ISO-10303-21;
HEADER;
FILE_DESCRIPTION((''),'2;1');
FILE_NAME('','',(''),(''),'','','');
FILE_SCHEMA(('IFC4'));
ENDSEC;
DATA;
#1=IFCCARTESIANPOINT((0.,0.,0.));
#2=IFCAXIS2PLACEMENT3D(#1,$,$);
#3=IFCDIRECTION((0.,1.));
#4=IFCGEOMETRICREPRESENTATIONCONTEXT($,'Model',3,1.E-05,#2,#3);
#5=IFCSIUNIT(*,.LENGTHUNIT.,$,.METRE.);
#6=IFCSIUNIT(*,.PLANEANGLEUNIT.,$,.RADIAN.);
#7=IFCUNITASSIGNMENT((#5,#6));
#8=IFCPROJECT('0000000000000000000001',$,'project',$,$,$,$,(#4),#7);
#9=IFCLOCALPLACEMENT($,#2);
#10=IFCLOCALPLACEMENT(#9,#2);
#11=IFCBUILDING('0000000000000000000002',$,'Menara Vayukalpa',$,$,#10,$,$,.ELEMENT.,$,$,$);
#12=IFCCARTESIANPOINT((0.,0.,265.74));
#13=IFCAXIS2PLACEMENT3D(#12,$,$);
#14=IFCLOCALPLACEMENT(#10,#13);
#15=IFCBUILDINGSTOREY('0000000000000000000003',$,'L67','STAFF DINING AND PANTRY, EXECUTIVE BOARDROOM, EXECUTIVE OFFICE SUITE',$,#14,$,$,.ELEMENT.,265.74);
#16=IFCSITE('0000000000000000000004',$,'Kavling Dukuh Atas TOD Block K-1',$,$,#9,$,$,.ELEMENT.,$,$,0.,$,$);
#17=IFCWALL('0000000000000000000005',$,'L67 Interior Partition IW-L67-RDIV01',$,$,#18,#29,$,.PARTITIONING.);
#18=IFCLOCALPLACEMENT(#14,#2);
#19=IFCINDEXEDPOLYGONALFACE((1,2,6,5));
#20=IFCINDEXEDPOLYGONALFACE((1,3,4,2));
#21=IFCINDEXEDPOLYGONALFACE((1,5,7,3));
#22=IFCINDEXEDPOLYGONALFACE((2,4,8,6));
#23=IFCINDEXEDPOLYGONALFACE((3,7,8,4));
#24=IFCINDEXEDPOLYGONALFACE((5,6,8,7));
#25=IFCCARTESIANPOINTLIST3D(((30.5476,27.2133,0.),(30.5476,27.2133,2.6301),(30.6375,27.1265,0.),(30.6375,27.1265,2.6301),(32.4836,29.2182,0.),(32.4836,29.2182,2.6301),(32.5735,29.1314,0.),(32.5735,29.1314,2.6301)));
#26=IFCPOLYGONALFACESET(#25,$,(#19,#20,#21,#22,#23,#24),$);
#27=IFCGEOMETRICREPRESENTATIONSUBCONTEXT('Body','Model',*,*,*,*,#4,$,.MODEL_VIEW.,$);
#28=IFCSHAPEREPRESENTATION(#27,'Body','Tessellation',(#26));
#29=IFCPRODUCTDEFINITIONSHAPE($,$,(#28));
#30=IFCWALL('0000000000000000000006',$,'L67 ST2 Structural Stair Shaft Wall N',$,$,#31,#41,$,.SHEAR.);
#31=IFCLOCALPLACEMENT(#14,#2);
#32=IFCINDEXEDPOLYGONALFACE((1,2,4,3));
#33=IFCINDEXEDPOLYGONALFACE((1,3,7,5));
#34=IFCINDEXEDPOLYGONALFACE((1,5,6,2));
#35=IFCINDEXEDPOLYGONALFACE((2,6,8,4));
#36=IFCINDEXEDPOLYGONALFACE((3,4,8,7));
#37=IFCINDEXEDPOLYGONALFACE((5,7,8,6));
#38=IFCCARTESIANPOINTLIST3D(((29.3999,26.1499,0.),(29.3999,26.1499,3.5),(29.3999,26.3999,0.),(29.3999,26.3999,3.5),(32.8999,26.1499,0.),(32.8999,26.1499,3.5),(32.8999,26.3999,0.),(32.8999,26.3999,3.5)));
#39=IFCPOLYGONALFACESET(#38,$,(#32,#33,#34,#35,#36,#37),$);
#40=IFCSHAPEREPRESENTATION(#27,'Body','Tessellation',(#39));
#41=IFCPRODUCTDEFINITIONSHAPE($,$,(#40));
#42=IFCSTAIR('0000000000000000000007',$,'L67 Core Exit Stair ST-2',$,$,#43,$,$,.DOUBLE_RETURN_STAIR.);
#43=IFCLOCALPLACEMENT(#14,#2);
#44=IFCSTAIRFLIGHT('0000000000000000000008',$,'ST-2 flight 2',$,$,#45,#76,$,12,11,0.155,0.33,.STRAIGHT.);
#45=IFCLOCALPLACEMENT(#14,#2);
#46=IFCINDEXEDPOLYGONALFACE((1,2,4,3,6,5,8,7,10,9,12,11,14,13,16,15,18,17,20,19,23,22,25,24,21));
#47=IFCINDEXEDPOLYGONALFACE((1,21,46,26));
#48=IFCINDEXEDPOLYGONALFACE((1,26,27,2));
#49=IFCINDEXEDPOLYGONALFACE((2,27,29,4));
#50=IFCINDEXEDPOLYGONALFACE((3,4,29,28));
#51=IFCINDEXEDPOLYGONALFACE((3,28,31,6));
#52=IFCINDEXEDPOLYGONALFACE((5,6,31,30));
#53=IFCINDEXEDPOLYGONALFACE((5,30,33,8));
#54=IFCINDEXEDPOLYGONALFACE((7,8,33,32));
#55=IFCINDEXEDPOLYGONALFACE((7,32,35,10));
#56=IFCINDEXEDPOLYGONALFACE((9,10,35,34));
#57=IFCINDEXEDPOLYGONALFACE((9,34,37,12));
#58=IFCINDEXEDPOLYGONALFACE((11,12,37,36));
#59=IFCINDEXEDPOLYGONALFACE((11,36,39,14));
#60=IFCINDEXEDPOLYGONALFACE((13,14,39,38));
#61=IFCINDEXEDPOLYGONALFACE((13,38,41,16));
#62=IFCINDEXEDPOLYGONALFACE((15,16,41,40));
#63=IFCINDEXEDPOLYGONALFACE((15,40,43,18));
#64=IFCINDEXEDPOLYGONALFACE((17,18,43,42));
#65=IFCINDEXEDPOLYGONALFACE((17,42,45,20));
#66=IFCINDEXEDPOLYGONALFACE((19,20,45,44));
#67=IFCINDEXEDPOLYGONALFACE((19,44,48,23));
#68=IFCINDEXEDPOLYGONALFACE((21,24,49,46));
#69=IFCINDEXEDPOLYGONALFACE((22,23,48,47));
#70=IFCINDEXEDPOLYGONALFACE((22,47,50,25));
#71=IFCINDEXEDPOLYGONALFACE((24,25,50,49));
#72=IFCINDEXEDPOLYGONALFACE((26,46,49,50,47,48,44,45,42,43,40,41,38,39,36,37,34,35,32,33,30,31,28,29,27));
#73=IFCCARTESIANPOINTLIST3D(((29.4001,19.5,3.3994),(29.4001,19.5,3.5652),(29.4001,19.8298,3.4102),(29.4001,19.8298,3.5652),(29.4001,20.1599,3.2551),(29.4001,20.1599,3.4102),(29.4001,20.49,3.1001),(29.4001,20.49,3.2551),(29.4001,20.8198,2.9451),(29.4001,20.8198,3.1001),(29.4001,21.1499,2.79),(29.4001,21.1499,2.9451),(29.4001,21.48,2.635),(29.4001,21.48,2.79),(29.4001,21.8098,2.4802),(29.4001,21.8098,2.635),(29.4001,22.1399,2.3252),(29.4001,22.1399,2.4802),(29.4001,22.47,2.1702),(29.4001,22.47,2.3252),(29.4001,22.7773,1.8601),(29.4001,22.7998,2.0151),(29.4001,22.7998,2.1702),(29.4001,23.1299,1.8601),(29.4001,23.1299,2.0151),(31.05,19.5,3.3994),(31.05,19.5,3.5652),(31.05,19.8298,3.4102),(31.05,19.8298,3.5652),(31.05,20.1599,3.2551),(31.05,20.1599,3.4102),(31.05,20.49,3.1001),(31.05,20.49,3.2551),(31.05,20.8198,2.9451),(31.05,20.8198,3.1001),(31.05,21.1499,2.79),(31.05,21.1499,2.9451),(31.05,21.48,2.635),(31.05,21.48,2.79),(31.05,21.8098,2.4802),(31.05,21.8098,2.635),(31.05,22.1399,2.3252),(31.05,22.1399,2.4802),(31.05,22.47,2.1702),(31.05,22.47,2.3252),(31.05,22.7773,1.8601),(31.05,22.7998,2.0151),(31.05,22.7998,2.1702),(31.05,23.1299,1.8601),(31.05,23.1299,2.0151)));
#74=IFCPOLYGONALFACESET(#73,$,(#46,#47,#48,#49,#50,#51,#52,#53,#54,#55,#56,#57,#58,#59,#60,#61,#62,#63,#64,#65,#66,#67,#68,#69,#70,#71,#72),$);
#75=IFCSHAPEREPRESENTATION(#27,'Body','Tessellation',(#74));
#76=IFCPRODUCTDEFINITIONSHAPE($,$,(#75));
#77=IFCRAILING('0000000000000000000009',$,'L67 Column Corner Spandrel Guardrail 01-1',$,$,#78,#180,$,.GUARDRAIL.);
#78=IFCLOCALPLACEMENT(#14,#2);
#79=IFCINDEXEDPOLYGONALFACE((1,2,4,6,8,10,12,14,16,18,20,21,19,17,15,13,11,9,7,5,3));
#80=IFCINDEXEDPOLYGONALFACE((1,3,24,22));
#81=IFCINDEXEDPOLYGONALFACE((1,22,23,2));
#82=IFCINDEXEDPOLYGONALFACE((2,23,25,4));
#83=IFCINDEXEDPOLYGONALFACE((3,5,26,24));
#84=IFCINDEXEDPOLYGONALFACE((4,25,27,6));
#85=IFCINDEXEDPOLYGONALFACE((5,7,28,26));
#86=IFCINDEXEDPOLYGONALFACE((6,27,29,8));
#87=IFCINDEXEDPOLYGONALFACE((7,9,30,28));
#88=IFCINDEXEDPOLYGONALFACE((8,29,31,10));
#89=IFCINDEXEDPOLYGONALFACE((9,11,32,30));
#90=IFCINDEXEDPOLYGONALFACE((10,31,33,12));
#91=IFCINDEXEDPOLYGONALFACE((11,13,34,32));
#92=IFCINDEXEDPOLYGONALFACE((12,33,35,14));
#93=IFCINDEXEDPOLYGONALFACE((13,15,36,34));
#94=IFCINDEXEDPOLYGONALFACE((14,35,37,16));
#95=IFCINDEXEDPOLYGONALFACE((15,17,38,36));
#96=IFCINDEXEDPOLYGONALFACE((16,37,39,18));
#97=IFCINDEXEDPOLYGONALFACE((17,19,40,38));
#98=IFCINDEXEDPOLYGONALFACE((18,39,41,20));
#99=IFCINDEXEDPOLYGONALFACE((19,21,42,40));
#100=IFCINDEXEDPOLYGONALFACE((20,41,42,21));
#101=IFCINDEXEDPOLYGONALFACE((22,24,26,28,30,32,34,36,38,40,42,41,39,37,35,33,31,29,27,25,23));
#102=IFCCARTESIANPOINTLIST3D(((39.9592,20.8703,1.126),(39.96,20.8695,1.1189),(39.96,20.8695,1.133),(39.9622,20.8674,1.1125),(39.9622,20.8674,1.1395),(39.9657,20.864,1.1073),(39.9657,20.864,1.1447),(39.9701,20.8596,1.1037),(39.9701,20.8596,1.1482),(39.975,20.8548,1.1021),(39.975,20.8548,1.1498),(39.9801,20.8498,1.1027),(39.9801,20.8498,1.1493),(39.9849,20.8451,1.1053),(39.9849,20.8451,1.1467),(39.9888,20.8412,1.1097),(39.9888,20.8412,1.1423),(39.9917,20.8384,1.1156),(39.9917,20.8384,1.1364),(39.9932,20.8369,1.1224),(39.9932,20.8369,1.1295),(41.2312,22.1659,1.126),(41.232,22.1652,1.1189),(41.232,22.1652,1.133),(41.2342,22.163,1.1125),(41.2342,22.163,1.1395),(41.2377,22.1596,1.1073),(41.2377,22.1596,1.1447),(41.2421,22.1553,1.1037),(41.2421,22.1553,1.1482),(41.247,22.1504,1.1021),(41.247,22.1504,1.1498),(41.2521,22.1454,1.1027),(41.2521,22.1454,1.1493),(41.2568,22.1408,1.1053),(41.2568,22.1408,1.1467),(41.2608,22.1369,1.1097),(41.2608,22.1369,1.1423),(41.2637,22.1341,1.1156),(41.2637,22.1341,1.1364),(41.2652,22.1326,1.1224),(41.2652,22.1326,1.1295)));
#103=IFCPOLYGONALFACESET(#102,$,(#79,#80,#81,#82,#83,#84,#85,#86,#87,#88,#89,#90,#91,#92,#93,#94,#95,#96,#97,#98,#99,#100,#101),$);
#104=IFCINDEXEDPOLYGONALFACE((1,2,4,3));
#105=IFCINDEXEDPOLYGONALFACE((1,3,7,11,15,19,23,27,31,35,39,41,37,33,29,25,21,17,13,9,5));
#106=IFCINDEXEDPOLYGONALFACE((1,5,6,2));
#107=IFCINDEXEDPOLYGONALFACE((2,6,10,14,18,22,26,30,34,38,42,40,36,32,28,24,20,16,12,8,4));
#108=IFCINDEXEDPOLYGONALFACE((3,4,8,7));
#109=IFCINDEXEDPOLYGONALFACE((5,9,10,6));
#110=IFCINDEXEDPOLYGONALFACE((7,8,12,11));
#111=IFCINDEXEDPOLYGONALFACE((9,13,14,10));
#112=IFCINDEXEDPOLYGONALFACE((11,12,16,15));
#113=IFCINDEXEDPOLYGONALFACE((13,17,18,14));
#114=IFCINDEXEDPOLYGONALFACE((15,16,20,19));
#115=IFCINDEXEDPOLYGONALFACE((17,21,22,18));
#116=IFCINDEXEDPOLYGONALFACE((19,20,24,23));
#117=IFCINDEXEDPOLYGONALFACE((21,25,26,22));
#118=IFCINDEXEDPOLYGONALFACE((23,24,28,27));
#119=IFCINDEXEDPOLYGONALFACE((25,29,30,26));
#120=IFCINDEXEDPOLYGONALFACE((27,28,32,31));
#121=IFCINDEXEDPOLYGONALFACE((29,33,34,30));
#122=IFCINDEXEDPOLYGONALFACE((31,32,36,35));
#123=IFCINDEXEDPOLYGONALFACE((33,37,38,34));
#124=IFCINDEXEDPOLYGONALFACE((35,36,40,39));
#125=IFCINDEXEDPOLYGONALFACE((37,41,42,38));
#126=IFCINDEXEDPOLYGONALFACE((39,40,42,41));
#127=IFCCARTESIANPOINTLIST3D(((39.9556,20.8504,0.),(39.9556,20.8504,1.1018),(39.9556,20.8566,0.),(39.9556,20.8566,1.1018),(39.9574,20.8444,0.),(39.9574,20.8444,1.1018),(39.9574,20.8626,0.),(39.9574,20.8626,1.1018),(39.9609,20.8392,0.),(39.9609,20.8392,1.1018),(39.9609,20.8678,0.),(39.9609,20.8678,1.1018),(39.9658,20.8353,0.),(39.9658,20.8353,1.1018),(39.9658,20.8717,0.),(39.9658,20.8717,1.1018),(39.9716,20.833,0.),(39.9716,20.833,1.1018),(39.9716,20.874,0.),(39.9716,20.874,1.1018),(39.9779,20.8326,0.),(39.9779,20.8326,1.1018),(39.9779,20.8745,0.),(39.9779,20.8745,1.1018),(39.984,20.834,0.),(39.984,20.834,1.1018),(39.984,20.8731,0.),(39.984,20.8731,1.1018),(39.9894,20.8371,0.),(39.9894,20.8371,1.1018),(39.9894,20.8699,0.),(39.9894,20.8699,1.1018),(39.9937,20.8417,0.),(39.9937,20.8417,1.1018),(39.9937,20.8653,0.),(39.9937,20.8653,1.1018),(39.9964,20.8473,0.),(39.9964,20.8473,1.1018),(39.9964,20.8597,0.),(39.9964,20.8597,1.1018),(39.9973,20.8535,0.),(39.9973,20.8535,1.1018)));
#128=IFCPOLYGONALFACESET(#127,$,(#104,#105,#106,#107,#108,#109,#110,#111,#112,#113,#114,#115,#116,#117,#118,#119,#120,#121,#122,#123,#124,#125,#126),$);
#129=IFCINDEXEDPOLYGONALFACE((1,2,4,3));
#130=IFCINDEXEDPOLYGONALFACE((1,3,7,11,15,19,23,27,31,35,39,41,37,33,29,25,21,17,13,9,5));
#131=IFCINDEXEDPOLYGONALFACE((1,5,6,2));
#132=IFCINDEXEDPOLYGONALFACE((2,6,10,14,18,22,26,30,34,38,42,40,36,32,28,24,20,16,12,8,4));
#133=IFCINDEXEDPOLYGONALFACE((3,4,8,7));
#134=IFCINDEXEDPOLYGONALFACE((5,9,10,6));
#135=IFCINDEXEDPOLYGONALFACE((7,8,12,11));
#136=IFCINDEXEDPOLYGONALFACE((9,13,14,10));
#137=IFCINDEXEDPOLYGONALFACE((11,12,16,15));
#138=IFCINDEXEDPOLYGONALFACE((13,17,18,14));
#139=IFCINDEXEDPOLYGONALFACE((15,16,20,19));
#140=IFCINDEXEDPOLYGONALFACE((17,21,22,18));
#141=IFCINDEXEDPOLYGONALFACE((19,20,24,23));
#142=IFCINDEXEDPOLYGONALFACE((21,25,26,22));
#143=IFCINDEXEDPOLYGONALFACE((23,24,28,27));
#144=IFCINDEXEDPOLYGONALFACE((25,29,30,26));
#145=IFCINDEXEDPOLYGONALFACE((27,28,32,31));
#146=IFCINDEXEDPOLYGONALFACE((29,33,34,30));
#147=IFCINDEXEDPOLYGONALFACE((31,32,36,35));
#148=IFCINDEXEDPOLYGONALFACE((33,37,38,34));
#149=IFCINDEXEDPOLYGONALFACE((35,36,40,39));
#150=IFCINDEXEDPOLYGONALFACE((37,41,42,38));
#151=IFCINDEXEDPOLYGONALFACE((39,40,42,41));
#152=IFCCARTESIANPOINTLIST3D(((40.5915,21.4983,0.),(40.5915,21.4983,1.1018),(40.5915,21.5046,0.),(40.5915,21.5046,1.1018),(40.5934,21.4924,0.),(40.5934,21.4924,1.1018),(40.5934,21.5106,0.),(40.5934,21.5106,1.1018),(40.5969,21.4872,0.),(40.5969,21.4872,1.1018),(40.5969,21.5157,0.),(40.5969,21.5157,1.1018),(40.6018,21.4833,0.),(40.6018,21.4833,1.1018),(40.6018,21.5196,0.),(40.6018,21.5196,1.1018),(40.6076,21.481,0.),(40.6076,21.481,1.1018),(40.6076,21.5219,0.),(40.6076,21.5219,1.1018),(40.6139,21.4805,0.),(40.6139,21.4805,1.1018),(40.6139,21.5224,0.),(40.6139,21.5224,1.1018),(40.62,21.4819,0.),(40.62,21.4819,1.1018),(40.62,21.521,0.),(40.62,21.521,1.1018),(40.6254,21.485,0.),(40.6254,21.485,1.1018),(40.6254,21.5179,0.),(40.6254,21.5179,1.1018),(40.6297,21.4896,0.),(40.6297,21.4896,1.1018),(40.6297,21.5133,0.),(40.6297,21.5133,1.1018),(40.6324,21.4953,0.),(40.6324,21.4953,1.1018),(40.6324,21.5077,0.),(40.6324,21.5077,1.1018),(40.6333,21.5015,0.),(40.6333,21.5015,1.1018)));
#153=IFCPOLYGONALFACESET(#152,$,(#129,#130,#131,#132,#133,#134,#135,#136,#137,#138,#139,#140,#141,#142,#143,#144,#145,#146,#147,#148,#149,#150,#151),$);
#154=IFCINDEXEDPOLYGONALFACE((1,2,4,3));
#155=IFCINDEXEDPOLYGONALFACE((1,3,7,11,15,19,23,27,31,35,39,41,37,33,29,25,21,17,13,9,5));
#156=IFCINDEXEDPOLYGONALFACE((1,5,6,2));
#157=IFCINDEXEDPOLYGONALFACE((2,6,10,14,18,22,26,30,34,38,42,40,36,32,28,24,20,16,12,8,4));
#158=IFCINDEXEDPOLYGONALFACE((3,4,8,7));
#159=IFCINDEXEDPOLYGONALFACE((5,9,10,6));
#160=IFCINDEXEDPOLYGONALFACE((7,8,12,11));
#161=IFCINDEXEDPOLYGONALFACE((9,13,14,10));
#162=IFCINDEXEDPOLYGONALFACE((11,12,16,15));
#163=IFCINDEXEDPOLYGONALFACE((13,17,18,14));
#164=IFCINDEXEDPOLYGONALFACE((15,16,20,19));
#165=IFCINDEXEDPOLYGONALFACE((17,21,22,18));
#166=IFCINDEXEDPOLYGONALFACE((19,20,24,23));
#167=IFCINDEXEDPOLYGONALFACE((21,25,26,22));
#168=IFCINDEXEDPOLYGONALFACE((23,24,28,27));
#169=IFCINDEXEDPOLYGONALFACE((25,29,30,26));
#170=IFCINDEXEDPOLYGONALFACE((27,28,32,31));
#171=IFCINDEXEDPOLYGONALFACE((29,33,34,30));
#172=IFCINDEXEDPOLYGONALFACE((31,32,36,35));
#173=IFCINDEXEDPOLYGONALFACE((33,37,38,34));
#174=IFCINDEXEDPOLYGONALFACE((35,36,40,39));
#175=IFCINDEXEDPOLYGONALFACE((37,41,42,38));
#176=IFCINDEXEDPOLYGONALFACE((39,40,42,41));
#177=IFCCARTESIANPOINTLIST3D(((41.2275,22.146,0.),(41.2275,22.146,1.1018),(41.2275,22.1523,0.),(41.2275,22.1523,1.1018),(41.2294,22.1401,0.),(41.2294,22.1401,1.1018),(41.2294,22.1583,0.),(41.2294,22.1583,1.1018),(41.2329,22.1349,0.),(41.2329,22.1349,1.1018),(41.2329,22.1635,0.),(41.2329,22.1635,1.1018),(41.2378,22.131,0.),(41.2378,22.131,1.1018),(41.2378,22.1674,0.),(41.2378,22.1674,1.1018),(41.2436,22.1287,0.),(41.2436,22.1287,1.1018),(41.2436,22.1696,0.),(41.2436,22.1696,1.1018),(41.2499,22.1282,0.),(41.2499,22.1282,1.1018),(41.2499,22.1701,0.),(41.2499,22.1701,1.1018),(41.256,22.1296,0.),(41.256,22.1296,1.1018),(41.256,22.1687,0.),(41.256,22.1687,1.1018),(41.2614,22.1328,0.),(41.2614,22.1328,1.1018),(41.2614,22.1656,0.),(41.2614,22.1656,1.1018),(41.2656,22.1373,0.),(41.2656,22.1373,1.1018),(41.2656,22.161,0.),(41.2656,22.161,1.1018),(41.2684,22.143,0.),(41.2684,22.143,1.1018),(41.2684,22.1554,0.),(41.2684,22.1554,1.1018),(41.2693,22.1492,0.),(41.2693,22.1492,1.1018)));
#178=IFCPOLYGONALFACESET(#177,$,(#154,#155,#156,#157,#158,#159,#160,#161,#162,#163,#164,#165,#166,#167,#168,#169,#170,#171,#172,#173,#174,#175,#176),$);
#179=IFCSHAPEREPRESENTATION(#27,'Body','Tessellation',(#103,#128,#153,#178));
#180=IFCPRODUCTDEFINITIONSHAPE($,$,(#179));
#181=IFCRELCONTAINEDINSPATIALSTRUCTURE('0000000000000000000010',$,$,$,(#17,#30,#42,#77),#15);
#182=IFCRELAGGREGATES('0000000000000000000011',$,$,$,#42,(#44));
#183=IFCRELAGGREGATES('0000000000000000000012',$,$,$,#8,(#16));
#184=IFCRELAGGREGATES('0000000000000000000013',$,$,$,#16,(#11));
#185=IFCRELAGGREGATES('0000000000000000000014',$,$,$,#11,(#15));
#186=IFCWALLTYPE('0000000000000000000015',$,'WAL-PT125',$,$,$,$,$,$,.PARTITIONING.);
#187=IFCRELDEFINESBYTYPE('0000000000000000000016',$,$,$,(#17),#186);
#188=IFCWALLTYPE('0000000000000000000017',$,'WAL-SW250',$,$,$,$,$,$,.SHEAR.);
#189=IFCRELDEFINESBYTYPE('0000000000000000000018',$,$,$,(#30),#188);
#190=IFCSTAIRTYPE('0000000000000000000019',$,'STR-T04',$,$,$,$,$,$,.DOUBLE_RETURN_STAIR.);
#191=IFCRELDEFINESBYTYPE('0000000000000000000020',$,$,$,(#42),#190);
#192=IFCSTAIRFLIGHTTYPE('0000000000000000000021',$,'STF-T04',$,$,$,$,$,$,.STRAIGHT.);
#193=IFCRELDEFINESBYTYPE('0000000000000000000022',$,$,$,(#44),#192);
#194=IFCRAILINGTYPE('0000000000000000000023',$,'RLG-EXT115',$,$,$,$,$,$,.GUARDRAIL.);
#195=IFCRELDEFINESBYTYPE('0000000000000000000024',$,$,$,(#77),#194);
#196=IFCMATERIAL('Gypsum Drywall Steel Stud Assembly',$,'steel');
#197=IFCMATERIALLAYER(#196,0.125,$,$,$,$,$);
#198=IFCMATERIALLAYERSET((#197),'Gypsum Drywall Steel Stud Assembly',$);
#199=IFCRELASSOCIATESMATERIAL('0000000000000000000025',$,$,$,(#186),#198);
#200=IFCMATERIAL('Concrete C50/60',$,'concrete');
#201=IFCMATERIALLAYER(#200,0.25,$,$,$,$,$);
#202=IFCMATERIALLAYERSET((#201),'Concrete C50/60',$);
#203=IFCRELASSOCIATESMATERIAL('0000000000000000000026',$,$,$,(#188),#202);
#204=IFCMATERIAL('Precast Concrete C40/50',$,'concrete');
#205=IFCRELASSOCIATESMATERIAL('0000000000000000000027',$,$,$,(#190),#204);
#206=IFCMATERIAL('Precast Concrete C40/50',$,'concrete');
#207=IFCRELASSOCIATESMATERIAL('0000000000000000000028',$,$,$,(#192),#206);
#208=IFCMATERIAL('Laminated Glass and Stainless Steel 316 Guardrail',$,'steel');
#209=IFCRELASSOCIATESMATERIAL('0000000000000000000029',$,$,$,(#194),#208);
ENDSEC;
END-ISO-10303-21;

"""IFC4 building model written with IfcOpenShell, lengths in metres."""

from ifc_helpers import new_model, si_unit, direction, frame, frame_2d, origin, origin_2d, place, context, subcontext, project, spatial, polyline, rectangle, circle, outline, extrude, material, layer, layer_set, type_object, element, aggregate, save


model = new_model("IFC4")

# Units and contexts
model_context = context("Model", 3, precision=1e-05, world=origin(), true_north=direction((0.0, 1.0)))
body_context = subcontext(model_context, "Body", "Model", "MODEL_VIEW")
ifc_project = project(units=[si_unit("LENGTHUNIT", "METRE"), si_unit("PLANEANGLEUNIT", "RADIAN")], contexts=[model_context])

# Site, building, storey
site_placement = place(None, origin())
site = spatial("IfcSite", under=ifc_project, at=site_placement, Name="Kavling Dukuh Atas TOD Block K-1", CompositionType="ELEMENT", RefElevation=0.0)
building_placement = place(site_placement, origin())
building = spatial("IfcBuilding", under=site, at=building_placement, Name="Menara Vayukalpa", CompositionType="ELEMENT")
storey_placement = place(building_placement, frame((0.0, 0.0, 265.74)))
storey = spatial("IfcBuildingStorey", under=building, at=storey_placement, Name="L67", Description="STAFF DINING AND PANTRY, EXECUTIVE BOARDROOM, EXECUTIVE OFFICE SUITE", CompositionType="ELEMENT", Elevation=265.74)

# Walls
ifc_material_1 = material(Name="Gypsum Drywall Steel Stud Assembly", Category="steel")
ifc_layer_1 = layer(ifc_material_1, 0.125)
ifc_layer_set_1 = layer_set([ifc_layer_1], Name="Gypsum Drywall Steel Stud Assembly")
wall_type_1 = type_object("IfcWallType", Name="WAL-PT125", PredefinedType="PARTITIONING", material=ifc_layer_set_1)
wall_1_placement = place(storey_placement, frame((30.5925, 27.1699, 0.0), z_axis=(0.0, 0.0, 1.0), x_axis=(0.694648, 0.71935, 0.0)))
element("IfcWall", 1, at=wall_1_placement, inside=storey, type_object=wall_type_1, Name="L67 Interior Partition IW-L67-RDIV01", PredefinedType="PARTITIONING", context=body_context, shape_type="SweptSolid", body=[
    extrude(rectangle(XDim=2.7871, YDim=0.125, at=frame_2d((1.3936, 0.0))), origin(), (0.0, 0.0, 1.0), 2.6301),
])
ifc_material_2 = material(Name="Concrete C50/60", Category="concrete")
ifc_layer_2 = layer(ifc_material_2, 0.25)
ifc_layer_set_2 = layer_set([ifc_layer_2], Name="Concrete C50/60")
wall_type_2 = type_object("IfcWallType", Name="WAL-SW250", PredefinedType="SHEAR", material=ifc_layer_set_2)
wall_2_placement = place(storey_placement, frame((29.3999, 26.2749, 0.0), z_axis=(0.0, 0.0, 1.0), x_axis=(1.0, 0.0, 0.0)))
element("IfcWall", 2, at=wall_2_placement, inside=storey, type_object=wall_type_2, Name="L67 ST2 Structural Stair Shaft Wall N", PredefinedType="SHEAR", context=body_context, shape_type="SweptSolid", body=[
    extrude(rectangle(XDim=3.5, YDim=0.25, at=frame_2d((1.75, 0.0))), origin(), (0.0, 0.0, 1.0), 3.5),
])

# Stair, stair flight
ifc_material_3 = material(Name="Precast Concrete C40/50", Category="concrete")
stair_type = type_object("IfcStairType", Name="STR-T04", PredefinedType="DOUBLE_RETURN_STAIR", material=ifc_material_3)
stair_placement = place(storey_placement, origin())
stair = element("IfcStair", 3, at=stair_placement, inside=storey, type_object=stair_type, Name="L67 Core Exit Stair ST-2", PredefinedType="DOUBLE_RETURN_STAIR")
ifc_material_4 = material(Name="Precast Concrete C40/50", Category="concrete")
stair_flight_type = type_object("IfcStairFlightType", Name="STF-T04", PredefinedType="STRAIGHT", material=ifc_material_4)
stair_flight_placement = place(storey_placement, frame((30.2251, 23.1299, 1.8601), z_axis=(0.0, 0.0, 1.0), x_axis=(0.0, -1.0, 0.0)))
stair_flight = element("IfcStairFlight", 4, at=stair_flight_placement, type_object=stair_flight_type, Name="ST-2 flight 2", NumberOfRisers=12, NumberOfTreads=11, PredefinedType="STRAIGHT", RiserHeight=0.155, TreadLength=0.33, context=body_context, shape_type="SweptSolid", body=[
    extrude(outline(polyline([(0.0, 0.0), (0.0, 0.155), (0.3301, 0.155), (0.3301, 0.3101), (0.6599, 0.3101), (0.6599, 0.4651), (0.99, 0.4651), (0.99, 0.6201), (1.3201, 0.6201), (1.3201, 0.7749), (1.6499, 0.7749), (1.6499, 0.9299), (1.98, 0.9299), (1.98, 1.085), (2.3101, 1.085), (2.3101, 1.24), (2.6399, 1.24), (2.6399, 1.395), (2.97, 1.395), (2.97, 1.55), (3.3, 1.55), (3.3, 1.7051), (3.6299, 1.7051), (3.6299, 1.8601), (3.6299, 1.5393), (0.3525, 0.0), (0.0, 0.0)])), frame((0.0, 0.825, 0.0), z_axis=(0.0, -1.0, 0.0), x_axis=(1.0, 0.0, 0.0)), (0.0, 0.0, 1.0), 1.6499),
])
aggregate(stair, [stair_flight])

# Railing
ifc_material_5 = material(Name="Laminated Glass and Stainless Steel 316 Guardrail", Category="steel")
railing_type_1 = type_object("IfcRailingType", Name="RLG-EXT115", PredefinedType="GUARDRAIL", material=ifc_material_5)
railing_1_placement = place(storey_placement, frame((39.9763, 20.8535, 0.0)))
element("IfcRailing", 5, at=railing_1_placement, inside=storey, type_object=railing_type_1, Name="L67 Column Corner Spandrel Guardrail 01-1", PredefinedType="GUARDRAIL", context=body_context, shape_type="SweptSolid", body=[
    extrude(circle(Radius=0.0239, at=origin_2d()), frame((0.0, 0.0, 1.126), z_axis=(0.700555, 0.713598, 0.0), x_axis=(-0.713598, 0.700555, 0.0)), (0.0, 0.0, 1.0), 1.8157),
    extrude(circle(Radius=0.021, at=origin_2d()), origin(), (0.0, 0.0, 1.0), 1.1018),
    extrude(circle(Radius=0.021, at=origin_2d()), frame((0.636, 0.6479, 0.0)), (0.0, 0.0, 1.0), 1.1018),
    extrude(circle(Radius=0.021, at=origin_2d()), frame((1.272, 1.2957, 0.0)), (0.0, 0.0, 1.0), 1.1018),
])

save(model, "model.ifc")
